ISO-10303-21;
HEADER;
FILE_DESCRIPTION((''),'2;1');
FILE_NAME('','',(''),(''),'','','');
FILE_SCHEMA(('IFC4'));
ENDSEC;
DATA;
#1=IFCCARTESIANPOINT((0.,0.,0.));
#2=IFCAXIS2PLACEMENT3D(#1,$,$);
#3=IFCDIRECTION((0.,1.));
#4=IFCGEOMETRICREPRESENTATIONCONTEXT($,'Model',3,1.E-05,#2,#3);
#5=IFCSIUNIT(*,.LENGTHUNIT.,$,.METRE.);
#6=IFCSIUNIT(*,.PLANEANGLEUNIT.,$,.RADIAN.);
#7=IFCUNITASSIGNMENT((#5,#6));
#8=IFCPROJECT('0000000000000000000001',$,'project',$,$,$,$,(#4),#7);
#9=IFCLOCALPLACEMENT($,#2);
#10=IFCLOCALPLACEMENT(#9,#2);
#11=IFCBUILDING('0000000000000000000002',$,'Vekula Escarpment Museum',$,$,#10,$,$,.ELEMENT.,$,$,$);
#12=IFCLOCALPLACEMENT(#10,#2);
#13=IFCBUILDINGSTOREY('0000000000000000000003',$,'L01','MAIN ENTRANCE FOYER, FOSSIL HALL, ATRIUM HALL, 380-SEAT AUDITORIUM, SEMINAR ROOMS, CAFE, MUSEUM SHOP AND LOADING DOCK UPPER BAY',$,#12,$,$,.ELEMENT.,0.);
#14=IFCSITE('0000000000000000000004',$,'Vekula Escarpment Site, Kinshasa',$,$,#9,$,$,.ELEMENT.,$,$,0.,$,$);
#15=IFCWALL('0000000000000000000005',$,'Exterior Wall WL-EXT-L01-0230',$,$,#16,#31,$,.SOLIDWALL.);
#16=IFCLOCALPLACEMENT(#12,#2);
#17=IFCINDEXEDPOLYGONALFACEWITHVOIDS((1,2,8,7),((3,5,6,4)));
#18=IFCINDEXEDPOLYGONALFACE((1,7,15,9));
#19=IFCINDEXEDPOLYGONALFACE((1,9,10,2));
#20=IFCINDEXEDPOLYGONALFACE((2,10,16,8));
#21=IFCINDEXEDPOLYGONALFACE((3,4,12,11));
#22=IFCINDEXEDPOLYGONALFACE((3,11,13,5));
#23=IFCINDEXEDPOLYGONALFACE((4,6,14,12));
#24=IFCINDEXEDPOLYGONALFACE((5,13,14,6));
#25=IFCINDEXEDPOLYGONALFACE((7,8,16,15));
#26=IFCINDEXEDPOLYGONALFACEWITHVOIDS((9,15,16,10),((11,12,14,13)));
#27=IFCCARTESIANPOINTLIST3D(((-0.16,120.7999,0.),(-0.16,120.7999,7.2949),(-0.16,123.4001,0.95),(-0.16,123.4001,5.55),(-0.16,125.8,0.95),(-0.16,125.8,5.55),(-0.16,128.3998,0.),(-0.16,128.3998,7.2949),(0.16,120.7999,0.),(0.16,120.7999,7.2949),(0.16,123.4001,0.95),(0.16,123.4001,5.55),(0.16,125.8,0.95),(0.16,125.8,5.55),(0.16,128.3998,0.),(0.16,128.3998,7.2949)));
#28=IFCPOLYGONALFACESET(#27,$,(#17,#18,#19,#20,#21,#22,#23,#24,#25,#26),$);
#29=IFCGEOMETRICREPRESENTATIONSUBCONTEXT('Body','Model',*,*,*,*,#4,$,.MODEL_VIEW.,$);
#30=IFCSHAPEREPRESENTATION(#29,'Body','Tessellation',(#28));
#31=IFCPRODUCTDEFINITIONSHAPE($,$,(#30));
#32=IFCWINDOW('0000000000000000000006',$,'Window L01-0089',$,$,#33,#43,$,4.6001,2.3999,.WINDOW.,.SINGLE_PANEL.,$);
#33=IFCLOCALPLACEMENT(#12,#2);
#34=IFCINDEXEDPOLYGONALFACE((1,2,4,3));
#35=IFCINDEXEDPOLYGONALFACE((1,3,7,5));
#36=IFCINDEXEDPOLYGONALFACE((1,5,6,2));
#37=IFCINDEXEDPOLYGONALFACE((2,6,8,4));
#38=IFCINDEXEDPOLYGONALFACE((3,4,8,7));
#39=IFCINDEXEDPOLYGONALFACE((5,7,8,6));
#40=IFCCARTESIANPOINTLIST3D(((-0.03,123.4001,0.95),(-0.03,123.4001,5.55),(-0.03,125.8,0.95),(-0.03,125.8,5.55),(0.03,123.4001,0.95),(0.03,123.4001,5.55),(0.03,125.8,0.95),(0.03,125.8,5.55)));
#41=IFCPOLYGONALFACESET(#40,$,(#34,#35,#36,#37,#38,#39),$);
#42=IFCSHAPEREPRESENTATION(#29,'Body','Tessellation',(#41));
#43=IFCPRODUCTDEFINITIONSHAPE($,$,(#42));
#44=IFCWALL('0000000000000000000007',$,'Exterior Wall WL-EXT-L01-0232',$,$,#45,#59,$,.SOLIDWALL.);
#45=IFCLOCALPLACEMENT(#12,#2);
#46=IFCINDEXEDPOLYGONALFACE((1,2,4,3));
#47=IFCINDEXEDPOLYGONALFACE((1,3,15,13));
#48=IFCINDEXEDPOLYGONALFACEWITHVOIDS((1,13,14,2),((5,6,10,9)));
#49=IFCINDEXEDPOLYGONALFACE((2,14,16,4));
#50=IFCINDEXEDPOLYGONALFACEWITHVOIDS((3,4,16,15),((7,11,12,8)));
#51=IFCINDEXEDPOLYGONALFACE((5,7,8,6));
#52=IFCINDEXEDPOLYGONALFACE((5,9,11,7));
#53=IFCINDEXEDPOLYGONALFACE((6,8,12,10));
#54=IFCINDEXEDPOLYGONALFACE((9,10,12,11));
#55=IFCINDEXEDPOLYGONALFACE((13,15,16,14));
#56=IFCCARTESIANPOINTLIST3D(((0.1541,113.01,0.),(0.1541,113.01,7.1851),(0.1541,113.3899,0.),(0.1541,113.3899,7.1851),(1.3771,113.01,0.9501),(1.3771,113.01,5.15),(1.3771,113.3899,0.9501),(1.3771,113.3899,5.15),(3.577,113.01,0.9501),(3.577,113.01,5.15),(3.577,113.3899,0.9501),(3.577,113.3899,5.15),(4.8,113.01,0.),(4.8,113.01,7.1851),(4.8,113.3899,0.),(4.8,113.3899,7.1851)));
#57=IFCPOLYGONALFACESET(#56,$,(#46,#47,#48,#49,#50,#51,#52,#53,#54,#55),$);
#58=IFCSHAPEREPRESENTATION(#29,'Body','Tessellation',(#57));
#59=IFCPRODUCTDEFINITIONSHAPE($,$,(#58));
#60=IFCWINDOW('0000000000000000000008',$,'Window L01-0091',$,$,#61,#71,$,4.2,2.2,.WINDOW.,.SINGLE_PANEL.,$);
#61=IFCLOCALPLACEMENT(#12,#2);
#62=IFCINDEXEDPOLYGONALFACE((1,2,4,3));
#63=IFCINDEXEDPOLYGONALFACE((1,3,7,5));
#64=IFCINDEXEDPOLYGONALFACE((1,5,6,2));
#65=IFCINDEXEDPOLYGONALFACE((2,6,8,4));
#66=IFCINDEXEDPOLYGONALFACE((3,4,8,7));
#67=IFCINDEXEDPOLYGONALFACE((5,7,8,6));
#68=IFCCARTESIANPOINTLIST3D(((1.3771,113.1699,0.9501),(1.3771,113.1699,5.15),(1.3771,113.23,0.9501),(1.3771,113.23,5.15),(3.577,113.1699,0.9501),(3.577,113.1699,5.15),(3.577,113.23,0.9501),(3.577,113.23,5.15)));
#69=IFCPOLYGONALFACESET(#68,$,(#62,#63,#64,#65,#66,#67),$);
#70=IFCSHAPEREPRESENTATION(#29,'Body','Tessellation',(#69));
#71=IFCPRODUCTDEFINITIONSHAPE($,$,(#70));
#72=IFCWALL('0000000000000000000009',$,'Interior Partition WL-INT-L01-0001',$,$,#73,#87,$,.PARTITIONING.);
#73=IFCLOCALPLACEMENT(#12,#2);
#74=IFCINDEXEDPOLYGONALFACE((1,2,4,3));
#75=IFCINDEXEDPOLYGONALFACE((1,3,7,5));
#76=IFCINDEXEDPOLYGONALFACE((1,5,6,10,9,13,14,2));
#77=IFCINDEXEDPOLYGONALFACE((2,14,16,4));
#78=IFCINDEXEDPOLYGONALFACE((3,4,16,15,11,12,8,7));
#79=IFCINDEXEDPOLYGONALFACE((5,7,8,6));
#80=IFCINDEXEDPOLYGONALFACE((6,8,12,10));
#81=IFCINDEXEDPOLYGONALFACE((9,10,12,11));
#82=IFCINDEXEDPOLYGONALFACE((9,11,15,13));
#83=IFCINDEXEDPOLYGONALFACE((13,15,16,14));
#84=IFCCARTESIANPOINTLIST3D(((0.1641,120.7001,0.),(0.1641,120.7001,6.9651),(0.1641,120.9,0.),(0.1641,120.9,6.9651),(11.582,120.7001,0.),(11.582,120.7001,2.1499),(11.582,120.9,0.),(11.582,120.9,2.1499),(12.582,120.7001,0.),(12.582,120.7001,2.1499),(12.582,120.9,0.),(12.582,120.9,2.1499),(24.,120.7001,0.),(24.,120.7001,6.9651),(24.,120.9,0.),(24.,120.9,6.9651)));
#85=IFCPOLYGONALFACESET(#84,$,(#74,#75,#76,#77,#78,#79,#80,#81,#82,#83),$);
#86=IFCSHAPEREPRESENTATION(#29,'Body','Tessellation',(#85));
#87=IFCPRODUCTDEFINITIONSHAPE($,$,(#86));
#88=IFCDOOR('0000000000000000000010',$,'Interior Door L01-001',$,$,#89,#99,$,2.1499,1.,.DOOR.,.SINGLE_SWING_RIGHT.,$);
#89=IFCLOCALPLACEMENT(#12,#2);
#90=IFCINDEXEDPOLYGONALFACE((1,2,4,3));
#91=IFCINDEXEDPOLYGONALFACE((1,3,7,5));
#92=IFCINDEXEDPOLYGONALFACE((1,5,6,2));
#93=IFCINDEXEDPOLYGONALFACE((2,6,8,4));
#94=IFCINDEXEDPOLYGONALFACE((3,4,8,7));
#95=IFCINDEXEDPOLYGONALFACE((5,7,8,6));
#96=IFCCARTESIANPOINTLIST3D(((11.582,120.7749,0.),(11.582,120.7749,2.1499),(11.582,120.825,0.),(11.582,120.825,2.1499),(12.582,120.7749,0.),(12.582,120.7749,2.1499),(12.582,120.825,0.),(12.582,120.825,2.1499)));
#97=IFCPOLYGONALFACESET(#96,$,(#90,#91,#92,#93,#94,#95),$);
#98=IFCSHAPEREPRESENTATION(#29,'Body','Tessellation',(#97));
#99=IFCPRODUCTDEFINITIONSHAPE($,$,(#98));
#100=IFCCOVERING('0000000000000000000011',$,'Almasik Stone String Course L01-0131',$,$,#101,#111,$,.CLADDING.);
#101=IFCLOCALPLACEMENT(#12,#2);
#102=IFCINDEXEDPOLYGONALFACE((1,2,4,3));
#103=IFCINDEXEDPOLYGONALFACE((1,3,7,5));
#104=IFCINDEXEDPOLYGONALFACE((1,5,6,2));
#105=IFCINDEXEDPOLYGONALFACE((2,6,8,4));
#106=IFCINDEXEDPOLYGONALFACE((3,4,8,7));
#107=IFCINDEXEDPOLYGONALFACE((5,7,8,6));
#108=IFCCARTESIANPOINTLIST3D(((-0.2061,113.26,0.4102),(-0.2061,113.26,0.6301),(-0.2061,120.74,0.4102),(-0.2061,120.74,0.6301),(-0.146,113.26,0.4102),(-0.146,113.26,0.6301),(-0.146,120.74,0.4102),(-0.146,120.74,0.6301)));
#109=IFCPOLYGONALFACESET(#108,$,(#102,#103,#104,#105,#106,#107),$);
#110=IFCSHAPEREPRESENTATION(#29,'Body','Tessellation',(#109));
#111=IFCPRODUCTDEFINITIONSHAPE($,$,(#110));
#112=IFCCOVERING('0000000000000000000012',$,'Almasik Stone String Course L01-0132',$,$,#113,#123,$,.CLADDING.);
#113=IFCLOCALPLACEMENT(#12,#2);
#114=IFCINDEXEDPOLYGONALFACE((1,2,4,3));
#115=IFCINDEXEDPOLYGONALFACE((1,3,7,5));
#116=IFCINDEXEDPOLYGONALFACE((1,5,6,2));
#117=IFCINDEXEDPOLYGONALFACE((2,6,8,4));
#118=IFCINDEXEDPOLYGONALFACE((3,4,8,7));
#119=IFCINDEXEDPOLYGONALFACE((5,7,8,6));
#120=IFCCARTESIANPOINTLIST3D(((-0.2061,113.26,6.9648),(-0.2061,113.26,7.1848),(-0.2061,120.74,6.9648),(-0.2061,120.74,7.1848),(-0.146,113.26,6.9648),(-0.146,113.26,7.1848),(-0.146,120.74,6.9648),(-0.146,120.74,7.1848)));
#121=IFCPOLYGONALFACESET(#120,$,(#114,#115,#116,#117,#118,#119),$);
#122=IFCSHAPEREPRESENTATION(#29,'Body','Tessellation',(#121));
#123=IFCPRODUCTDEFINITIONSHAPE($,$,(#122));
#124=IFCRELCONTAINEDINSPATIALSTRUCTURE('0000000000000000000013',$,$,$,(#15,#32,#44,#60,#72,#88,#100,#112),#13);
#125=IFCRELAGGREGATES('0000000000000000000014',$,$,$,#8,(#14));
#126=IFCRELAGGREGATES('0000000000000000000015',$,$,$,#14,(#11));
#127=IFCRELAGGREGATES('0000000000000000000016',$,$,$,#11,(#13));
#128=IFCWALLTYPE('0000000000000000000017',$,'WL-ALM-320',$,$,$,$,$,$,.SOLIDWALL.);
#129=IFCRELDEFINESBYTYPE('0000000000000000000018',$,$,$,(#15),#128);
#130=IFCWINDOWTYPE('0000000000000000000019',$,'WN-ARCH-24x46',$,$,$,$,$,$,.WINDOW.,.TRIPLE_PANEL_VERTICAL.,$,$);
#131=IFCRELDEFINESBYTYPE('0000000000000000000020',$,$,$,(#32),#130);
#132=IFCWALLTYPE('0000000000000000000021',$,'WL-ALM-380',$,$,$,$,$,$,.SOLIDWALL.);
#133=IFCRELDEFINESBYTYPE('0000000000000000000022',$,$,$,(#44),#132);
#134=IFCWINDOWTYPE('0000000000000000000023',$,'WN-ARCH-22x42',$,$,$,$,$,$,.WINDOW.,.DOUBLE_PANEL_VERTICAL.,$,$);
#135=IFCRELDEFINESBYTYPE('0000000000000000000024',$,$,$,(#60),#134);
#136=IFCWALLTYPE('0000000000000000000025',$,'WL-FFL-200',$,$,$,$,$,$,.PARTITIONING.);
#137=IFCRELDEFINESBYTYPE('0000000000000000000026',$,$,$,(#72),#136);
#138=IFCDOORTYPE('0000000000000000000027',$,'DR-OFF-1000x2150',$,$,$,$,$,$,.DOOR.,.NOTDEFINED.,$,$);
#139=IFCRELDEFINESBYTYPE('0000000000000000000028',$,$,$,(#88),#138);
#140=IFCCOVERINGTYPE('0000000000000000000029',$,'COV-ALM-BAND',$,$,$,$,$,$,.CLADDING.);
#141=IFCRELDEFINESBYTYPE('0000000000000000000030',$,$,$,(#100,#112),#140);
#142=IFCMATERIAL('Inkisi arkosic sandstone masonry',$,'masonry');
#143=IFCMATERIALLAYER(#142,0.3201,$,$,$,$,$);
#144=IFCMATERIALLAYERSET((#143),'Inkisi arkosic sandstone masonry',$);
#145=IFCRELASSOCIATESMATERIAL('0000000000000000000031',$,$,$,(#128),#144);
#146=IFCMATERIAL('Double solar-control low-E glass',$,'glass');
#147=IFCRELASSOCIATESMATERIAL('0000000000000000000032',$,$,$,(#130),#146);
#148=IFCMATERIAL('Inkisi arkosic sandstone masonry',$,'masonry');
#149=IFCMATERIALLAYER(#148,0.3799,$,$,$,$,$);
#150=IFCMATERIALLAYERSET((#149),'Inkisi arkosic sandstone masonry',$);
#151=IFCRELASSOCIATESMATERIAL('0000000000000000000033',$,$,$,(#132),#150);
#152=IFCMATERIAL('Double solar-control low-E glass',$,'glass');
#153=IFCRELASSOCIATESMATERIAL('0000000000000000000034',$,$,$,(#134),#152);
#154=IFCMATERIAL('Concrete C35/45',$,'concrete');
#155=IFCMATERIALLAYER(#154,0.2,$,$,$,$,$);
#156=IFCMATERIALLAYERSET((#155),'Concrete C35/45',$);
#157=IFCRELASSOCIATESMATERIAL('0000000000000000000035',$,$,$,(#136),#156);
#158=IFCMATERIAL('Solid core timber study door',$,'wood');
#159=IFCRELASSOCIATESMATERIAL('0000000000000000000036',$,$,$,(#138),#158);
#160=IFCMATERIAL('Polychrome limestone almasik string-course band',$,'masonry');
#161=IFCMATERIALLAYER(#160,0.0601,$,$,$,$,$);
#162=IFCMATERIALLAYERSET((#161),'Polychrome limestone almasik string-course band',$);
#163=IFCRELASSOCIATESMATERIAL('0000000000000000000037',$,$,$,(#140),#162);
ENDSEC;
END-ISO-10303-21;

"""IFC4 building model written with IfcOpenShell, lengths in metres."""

from ifc_helpers import new_model, si_unit, direction, frame, frame_2d, origin, origin_2d, place, context, subcontext, project, spatial, rectangle, extrude, material, layer, layer_set, type_object, element, fill, save


model = new_model("IFC4")

# Units and contexts
model_context = context("Model", 3, precision=1e-05, world=origin(), true_north=direction((0.0, 1.0)))
body_context = subcontext(model_context, "Body", "Model", "MODEL_VIEW")
ifc_project = project(units=[si_unit("LENGTHUNIT", "METRE"), si_unit("PLANEANGLEUNIT", "RADIAN")], contexts=[model_context])

# Site, building, storey
site_placement = place(None, origin())
site = spatial("IfcSite", under=ifc_project, at=site_placement, Name="Vekula Escarpment Site, Kinshasa", CompositionType="ELEMENT", RefElevation=0.0)
building_placement = place(site_placement, origin())
building = spatial("IfcBuilding", under=site, at=building_placement, Name="Vekula Escarpment Museum", CompositionType="ELEMENT")
storey_placement = place(building_placement, origin())
storey = spatial("IfcBuildingStorey", under=building, at=storey_placement, Name="L01", Description="MAIN ENTRANCE FOYER, FOSSIL HALL, ATRIUM HALL, 380-SEAT AUDITORIUM, SEMINAR ROOMS, CAFE, MUSEUM SHOP AND LOADING DOCK UPPER BAY", CompositionType="ELEMENT", Elevation=0.0)

# Walls, openings, windows
ifc_material_1 = material(Name="Inkisi arkosic sandstone masonry", Category="masonry")
ifc_layer_1 = layer(ifc_material_1, 0.3201)
ifc_layer_set_1 = layer_set([ifc_layer_1], Name="Inkisi arkosic sandstone masonry")
wall_type_1 = type_object("IfcWallType", Name="WL-ALM-320", PredefinedType="SOLIDWALL", material=ifc_layer_set_1)
wall_1_placement = place(storey_placement, frame((0.0, 120.8, 0.0), z_axis=(0.0, 0.0, 1.0), x_axis=(0.0, 1.0, 0.0)))
wall_1 = element("IfcWall", 1, at=wall_1_placement, inside=storey, type_object=wall_type_1, Name="Exterior Wall WL-EXT-L01-0230", PredefinedType="SOLIDWALL", context=body_context, shape_type="SweptSolid", body=[
    extrude(rectangle(XDim=7.5999, YDim=0.3201, at=frame_2d((3.7998, 0.0))), origin(), (0.0, 0.0, 1.0), 7.2949),
])
opening_1_placement = place(wall_1_placement, frame((2.6001, 0.0, 0.95)))
opening_1 = element("IfcOpeningElement", 2, at=opening_1_placement, cuts=wall_1, PredefinedType="OPENING", context=body_context, shape_type="SweptSolid", body=[
    extrude(rectangle(XDim=2.3999, YDim=4.6001, at=frame_2d((1.2, 2.3))), frame((0.0, 0.1699, 0.0), z_axis=(0.0, -1.0, 0.0), x_axis=(1.0, 0.0, 0.0)), (0.0, 0.0, 1.0), 0.3401),
])
ifc_material_2 = material(Name="Double solar-control low-E glass", Category="glass")
window_type_1 = type_object("IfcWindowType", Name="WN-ARCH-24x46", PartitioningType="TRIPLE_PANEL_VERTICAL", PredefinedType="WINDOW", material=ifc_material_2)
window_1_placement = place(opening_1_placement, origin())
window_1 = element("IfcWindow", 3, at=window_1_placement, inside=storey, type_object=window_type_1, Name="Window L01-0089", OverallHeight=4.6001, OverallWidth=2.3999, PartitioningType="SINGLE_PANEL", PredefinedType="WINDOW", context=body_context, shape_type="SweptSolid", body=[
    extrude(rectangle(XDim=2.3999, YDim=4.6001, at=frame_2d((1.2, 2.3))), frame((0.0, 0.03, 0.0), z_axis=(0.0, -1.0, 0.0), x_axis=(1.0, 0.0, 0.0)), (0.0, 0.0, 1.0), 0.0601),
])
fill(opening_1, window_1)
ifc_material_3 = material(Name="Inkisi arkosic sandstone masonry", Category="masonry")
ifc_layer_2 = layer(ifc_material_3, 0.3799)
ifc_layer_set_2 = layer_set([ifc_layer_2], Name="Inkisi arkosic sandstone masonry")
wall_type_2 = type_object("IfcWallType", Name="WL-ALM-380", PredefinedType="SOLIDWALL", material=ifc_layer_set_2)
wall_2_placement = place(storey_placement, frame((4.8, 113.2, 0.0), z_axis=(0.0, 0.0, 1.0), x_axis=(-1.0, 0.0, 0.0)))
wall_2 = element("IfcWall", 4, at=wall_2_placement, inside=storey, type_object=wall_type_2, Name="Exterior Wall WL-EXT-L01-0232", PredefinedType="SOLIDWALL", context=body_context, shape_type="SweptSolid", body=[
    extrude(rectangle(XDim=4.646, YDim=0.3799, at=frame_2d((2.323, 0.0))), origin(), (0.0, 0.0, 1.0), 7.1851),
])
opening_2_placement = place(wall_2_placement, frame((1.2229, 0.0, 0.95)))
opening_2 = element("IfcOpeningElement", 5, at=opening_2_placement, cuts=wall_2, PredefinedType="OPENING", context=body_context, shape_type="SweptSolid", body=[
    extrude(rectangle(XDim=2.2, YDim=4.2, at=frame_2d((1.1001, 2.1001))), frame((0.0, 0.2, 0.0), z_axis=(0.0, -1.0, 0.0), x_axis=(1.0, 0.0, 0.0)), (0.0, 0.0, 1.0), 0.3999),
])
ifc_material_4 = material(Name="Double solar-control low-E glass", Category="glass")
window_type_2 = type_object("IfcWindowType", Name="WN-ARCH-22x42", PartitioningType="DOUBLE_PANEL_VERTICAL", PredefinedType="WINDOW", material=ifc_material_4)
window_2_placement = place(opening_2_placement, origin())
window_2 = element("IfcWindow", 6, at=window_2_placement, inside=storey, type_object=window_type_2, Name="Window L01-0091", OverallHeight=4.2, OverallWidth=2.2, PartitioningType="SINGLE_PANEL", PredefinedType="WINDOW", context=body_context, shape_type="SweptSolid", body=[
    extrude(rectangle(XDim=2.2, YDim=4.2, at=frame_2d((1.1001, 2.1001))), frame((0.0, 0.03, 0.0), z_axis=(0.0, -1.0, 0.0), x_axis=(1.0, 0.0, 0.0)), (0.0, 0.0, 1.0), 0.0601),
])
fill(opening_2, window_2)

# Wall, opening, door
ifc_material_5 = material(Name="Concrete C35/45", Category="concrete")
ifc_layer_3 = layer(ifc_material_5, 0.2)
ifc_layer_set_3 = layer_set([ifc_layer_3], Name="Concrete C35/45")
wall_type_3 = type_object("IfcWallType", Name="WL-FFL-200", PredefinedType="PARTITIONING", material=ifc_layer_set_3)
wall_3_placement = place(storey_placement, frame((0.1641, 120.8, 0.0), z_axis=(0.0, 0.0, 1.0), x_axis=(1.0, 0.0, 0.0)))
wall_3 = element("IfcWall", 7, at=wall_3_placement, inside=storey, type_object=wall_type_3, Name="Interior Partition WL-INT-L01-0001", PredefinedType="PARTITIONING", context=body_context, shape_type="SweptSolid", body=[
    extrude(rectangle(XDim=23.8359, YDim=0.2, at=frame_2d((11.918, 0.0))), origin(), (0.0, 0.0, 1.0), 6.9651),
])
opening_3_placement = place(wall_3_placement, frame((11.418, 0.0, 0.0)))
opening_3 = element("IfcOpeningElement", 8, at=opening_3_placement, cuts=wall_3, PredefinedType="OPENING", context=body_context, shape_type="SweptSolid", body=[
    extrude(rectangle(XDim=1.0, YDim=2.1499, at=frame_2d((0.5, 1.075))), frame((0.0, 0.1099, 0.0), z_axis=(0.0, -1.0, 0.0), x_axis=(1.0, 0.0, 0.0)), (0.0, 0.0, 1.0), 0.22),
])
ifc_material_6 = material(Name="Solid core timber study door", Category="wood")
door_type = type_object("IfcDoorType", Name="DR-OFF-1000x2150", OperationType="NOTDEFINED", PredefinedType="DOOR", material=ifc_material_6)
door_placement = place(opening_3_placement, origin())
door = element("IfcDoor", 9, at=door_placement, inside=storey, type_object=door_type, Name="Interior Door L01-001", OperationType="SINGLE_SWING_RIGHT", OverallHeight=2.1499, OverallWidth=1.0, PredefinedType="DOOR", context=body_context, shape_type="SweptSolid", body=[
    extrude(rectangle(XDim=1.0, YDim=2.1499, at=frame_2d((0.5, 1.075))), frame((0.0, 0.0249, 0.0), z_axis=(0.0, -1.0, 0.0), x_axis=(1.0, 0.0, 0.0)), (0.0, 0.0, 1.0), 0.05),
])
fill(opening_3, door)

# Coverings
ifc_material_7 = material(Name="Polychrome limestone almasik string-course band", Category="masonry")
ifc_layer_4 = layer(ifc_material_7, 0.0601)
ifc_layer_set_4 = layer_set([ifc_layer_4], Name="Polychrome limestone almasik string-course band")
covering_type = type_object("IfcCoveringType", Name="COV-ALM-BAND", PredefinedType="CLADDING", material=ifc_layer_set_4)
for number, where, z_axis, x_axis, name in (
    (10, (-0.176, 117.0, 0.4102), (0.0, 0.0, 1.0), (0.0, 1.0, 0.0), "Almasik Stone String Course L01-0131"),
    (11, (-0.176, 117.0, 6.9648), (0.0, 0.0, 1.0), (0.0, 1.0, 0.0), "Almasik Stone String Course L01-0132"),
):
    element("IfcCovering", number, at=place(storey_placement, frame(where, z_axis=z_axis, x_axis=x_axis)), inside=storey, type_object=covering_type, Name=name, PredefinedType="CLADDING", context=body_context, shape_type="SweptSolid", body=[
        extrude(rectangle(XDim=7.48, YDim=0.0601, at=origin_2d()), origin(), (0.0, 0.0, 1.0), 0.22),
    ])

save(model, "model.ifc")
